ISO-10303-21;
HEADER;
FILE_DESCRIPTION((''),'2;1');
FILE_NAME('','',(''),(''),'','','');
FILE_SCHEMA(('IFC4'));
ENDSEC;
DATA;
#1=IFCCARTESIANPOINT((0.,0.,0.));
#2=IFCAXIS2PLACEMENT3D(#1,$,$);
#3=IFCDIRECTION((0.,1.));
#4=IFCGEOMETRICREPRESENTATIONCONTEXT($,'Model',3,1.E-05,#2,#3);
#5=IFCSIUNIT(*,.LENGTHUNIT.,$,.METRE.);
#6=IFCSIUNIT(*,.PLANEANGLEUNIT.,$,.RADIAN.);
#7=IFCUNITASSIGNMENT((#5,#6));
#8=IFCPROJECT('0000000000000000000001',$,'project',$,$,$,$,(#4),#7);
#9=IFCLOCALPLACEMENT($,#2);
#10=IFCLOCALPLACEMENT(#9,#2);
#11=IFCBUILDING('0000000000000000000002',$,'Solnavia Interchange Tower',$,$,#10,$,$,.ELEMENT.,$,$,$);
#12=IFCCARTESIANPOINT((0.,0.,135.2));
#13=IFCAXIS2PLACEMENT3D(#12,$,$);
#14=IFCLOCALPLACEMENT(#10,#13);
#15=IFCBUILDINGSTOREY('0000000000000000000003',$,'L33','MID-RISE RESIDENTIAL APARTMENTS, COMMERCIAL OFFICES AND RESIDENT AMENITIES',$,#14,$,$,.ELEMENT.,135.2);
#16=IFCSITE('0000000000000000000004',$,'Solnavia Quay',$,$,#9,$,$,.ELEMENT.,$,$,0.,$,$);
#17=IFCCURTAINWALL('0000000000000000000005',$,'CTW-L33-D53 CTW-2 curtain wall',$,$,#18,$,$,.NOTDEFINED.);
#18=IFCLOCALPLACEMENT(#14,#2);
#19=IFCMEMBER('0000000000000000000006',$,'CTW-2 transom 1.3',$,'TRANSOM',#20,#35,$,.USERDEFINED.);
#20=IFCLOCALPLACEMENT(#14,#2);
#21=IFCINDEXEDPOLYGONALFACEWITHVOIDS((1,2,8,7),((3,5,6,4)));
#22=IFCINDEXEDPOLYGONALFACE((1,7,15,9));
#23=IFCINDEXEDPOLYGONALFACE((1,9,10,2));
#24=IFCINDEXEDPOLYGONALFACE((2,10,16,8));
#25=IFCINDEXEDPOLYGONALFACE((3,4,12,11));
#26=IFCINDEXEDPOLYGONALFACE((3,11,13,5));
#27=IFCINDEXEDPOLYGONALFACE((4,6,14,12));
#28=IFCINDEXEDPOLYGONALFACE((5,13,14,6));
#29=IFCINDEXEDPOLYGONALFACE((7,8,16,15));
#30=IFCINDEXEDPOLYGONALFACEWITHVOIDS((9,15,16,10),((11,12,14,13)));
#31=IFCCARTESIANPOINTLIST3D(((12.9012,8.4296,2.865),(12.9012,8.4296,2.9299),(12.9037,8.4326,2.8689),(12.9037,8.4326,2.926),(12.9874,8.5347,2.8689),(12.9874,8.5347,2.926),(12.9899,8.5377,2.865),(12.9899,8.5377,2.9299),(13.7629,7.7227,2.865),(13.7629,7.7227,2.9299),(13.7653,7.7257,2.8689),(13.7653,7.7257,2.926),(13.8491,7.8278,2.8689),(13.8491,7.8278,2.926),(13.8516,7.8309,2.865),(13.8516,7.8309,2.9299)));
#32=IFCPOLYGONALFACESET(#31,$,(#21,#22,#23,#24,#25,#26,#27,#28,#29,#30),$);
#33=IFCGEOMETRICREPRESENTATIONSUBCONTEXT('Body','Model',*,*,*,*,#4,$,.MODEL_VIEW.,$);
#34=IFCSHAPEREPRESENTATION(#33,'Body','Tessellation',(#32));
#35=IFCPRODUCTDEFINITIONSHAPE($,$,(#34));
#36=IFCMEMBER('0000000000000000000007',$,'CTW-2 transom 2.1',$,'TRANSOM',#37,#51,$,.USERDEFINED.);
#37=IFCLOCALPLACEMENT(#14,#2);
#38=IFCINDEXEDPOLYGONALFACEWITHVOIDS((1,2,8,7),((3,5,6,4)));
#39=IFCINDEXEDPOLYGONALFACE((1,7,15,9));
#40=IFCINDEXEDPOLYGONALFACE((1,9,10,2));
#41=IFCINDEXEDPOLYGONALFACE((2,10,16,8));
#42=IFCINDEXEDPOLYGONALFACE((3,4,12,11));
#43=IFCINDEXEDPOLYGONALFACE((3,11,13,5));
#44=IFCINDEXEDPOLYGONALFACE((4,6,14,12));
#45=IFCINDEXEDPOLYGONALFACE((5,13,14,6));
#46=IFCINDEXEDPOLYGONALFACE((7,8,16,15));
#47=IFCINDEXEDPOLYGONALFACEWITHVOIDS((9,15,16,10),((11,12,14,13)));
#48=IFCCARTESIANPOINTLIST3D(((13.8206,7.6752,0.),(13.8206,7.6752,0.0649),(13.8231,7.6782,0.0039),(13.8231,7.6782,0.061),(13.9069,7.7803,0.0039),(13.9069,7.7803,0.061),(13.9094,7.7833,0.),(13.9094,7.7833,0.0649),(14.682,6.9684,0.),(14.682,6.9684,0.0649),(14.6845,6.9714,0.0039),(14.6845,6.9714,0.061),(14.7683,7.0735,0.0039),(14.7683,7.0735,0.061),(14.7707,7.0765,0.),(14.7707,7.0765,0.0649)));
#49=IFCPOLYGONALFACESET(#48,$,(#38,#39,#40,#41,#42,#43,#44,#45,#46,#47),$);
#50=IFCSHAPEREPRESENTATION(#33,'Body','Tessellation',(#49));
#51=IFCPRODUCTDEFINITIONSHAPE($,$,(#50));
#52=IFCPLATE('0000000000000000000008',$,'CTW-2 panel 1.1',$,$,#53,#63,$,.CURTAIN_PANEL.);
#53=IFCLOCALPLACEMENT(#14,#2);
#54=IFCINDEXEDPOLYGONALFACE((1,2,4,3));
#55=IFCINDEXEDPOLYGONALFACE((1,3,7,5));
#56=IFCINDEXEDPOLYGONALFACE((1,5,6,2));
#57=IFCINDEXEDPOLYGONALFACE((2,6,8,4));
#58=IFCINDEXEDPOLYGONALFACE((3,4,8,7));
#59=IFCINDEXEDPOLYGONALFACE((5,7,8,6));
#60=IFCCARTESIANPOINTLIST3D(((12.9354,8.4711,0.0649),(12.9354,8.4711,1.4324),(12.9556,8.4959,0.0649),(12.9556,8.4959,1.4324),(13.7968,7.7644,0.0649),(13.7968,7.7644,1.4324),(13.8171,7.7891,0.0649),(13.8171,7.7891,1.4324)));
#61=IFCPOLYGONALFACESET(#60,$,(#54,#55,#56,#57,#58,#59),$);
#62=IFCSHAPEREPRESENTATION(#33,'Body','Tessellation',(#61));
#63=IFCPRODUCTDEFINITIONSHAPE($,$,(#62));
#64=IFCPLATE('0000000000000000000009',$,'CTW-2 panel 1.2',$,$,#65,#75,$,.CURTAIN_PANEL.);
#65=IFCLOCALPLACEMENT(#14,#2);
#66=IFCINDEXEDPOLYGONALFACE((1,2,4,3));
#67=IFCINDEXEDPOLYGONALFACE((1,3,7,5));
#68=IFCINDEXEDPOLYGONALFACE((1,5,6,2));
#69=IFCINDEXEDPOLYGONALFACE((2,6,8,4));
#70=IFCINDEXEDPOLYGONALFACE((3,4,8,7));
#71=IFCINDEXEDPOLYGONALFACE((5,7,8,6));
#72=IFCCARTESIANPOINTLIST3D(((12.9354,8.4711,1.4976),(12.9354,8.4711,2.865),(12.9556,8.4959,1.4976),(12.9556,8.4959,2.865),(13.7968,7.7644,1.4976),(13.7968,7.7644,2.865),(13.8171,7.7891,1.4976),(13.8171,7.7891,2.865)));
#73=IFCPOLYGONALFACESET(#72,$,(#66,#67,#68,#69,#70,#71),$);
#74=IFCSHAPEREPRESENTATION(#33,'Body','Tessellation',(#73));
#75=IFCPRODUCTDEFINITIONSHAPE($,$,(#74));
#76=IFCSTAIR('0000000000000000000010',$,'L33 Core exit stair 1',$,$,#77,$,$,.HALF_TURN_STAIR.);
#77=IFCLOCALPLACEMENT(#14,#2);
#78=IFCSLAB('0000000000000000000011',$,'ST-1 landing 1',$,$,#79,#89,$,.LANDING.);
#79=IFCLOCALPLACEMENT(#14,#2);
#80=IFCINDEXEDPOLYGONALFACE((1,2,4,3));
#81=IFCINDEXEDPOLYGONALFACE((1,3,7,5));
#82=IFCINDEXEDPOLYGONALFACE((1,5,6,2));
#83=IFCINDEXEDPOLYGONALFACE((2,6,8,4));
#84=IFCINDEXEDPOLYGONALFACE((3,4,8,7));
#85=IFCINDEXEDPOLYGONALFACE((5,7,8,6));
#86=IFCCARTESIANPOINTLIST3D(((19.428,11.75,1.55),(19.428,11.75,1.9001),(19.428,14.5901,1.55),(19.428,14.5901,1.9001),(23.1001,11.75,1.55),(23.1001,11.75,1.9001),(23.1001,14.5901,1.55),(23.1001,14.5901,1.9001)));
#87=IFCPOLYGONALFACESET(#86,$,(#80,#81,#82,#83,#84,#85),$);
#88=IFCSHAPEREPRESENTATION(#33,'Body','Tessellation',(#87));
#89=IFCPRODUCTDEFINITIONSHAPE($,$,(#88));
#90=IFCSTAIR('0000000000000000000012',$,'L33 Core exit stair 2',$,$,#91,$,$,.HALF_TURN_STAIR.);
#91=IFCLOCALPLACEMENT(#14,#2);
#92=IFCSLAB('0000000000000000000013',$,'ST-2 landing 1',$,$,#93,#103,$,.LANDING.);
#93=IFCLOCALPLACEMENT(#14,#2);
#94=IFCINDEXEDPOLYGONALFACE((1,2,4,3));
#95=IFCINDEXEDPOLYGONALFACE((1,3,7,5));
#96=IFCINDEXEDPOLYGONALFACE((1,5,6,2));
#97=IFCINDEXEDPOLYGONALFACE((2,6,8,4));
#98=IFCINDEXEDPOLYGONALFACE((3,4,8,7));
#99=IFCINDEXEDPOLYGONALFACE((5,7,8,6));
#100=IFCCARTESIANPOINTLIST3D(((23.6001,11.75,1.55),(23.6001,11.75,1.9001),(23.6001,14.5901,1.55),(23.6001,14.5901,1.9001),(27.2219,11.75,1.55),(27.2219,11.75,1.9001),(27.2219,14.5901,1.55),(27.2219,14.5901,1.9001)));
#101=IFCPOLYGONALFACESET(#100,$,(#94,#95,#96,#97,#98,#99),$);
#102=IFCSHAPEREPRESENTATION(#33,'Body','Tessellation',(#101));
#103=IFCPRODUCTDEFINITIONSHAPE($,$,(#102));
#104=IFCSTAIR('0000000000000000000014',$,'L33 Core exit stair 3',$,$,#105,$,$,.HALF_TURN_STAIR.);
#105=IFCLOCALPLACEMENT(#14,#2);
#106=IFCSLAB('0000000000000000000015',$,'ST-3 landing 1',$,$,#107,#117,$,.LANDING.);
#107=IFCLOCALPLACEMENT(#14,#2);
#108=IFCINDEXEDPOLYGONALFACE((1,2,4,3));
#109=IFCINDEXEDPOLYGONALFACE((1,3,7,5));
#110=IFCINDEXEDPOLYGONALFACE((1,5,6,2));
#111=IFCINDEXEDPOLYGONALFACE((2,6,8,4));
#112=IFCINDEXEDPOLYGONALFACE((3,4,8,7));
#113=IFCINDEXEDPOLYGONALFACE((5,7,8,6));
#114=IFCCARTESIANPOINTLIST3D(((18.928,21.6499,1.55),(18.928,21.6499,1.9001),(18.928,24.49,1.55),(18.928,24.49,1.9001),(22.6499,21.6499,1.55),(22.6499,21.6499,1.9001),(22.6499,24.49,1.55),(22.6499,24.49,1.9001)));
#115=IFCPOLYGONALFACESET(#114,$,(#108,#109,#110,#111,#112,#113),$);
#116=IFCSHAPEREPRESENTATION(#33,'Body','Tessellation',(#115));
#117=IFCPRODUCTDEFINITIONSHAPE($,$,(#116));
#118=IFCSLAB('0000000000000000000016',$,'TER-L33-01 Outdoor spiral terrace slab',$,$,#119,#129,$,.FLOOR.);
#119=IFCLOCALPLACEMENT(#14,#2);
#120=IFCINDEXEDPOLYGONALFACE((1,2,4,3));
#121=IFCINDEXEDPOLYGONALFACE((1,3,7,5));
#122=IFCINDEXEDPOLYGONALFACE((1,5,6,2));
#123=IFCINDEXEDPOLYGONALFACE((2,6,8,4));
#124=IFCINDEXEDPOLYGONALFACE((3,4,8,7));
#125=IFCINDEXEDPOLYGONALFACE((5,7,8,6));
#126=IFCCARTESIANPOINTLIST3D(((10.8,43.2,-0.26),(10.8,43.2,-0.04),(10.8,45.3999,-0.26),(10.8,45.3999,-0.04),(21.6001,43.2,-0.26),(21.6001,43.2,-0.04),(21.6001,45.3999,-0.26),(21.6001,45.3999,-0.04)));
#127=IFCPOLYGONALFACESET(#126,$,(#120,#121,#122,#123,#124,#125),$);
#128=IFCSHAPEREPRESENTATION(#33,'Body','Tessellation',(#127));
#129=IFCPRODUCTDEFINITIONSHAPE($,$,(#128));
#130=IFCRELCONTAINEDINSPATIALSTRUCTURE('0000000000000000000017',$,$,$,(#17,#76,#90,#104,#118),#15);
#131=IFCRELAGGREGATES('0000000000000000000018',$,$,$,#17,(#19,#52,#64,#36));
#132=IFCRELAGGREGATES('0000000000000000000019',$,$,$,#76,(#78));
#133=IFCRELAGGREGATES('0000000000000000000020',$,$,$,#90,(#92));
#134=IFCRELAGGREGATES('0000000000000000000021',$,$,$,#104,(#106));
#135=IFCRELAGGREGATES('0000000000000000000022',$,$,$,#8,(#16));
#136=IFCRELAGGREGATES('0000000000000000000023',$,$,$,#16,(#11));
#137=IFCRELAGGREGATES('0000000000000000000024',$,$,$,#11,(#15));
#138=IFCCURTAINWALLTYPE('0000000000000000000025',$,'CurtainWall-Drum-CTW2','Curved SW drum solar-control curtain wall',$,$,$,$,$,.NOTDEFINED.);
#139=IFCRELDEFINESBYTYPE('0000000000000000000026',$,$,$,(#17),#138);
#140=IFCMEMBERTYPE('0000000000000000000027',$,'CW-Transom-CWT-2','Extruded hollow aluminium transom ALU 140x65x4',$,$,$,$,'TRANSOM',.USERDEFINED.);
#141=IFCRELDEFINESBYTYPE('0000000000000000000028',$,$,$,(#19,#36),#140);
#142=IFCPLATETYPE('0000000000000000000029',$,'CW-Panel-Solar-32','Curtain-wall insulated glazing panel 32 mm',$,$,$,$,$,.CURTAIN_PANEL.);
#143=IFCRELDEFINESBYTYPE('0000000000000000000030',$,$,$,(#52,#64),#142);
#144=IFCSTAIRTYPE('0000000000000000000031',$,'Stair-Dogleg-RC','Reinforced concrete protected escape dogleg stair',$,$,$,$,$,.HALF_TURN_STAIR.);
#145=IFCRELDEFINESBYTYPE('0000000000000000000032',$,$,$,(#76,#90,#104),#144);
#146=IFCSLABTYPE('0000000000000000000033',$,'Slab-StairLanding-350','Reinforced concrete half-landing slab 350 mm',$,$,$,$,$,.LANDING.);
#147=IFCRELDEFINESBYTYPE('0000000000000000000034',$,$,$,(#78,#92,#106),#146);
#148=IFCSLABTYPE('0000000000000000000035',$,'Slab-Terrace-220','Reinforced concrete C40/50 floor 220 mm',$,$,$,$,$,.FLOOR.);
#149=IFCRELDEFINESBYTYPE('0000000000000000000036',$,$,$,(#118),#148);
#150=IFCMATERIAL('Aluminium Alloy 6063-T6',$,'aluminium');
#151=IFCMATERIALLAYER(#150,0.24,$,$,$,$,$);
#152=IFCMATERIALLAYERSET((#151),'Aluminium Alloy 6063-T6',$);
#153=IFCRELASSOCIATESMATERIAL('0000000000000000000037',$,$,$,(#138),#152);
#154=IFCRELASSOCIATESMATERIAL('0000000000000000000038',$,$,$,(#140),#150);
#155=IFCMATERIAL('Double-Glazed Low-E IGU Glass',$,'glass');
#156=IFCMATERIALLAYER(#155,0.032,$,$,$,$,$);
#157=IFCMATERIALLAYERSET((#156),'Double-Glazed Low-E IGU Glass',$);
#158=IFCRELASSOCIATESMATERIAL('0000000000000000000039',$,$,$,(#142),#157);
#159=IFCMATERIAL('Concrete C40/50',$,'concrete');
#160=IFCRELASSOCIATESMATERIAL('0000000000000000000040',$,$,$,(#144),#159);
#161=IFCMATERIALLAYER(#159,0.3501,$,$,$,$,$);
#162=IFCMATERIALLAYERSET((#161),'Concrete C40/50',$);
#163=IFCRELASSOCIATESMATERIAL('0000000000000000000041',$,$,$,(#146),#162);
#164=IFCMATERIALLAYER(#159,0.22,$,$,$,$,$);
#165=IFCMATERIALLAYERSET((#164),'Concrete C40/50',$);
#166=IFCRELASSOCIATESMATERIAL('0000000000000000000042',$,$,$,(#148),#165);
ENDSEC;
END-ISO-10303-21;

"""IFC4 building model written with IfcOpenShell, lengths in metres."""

from ifc_helpers import new_model, si_unit, direction, frame, origin, origin_2d, place, context, subcontext, project, spatial, polyline, rectangle, hollow_rectangle, outline, extrude, material, layer, layer_set, material_profile, profile_set, type_object, element, aggregate, save


model = new_model("IFC4")

# Units and contexts
model_context = context("Model", 3, precision=1e-05, world=origin(), true_north=direction((0.0, 1.0)))
body_context = subcontext(model_context, "Body", "Model", "MODEL_VIEW")
ifc_project = project(units=[si_unit("LENGTHUNIT", "METRE"), si_unit("PLANEANGLEUNIT", "RADIAN")], contexts=[model_context])

# Site, building, storey
site_placement = place(None, origin())
site = spatial("IfcSite", under=ifc_project, at=site_placement, Name="Solnavia Quay", CompositionType="ELEMENT", RefElevation=0.0)
building_placement = place(site_placement, origin())
building = spatial("IfcBuilding", under=site, at=building_placement, Name="Solnavia Interchange Tower", CompositionType="ELEMENT")
storey_placement = place(building_placement, frame((0.0, 0.0, 135.2)))
storey = spatial("IfcBuildingStorey", under=building, at=storey_placement, Name="L33", Description="MID-RISE RESIDENTIAL APARTMENTS, COMMERCIAL OFFICES AND RESIDENT AMENITIES", CompositionType="ELEMENT", Elevation=135.2)

# Curtain wall, members, plates
ifc_material_1 = material(Name="Aluminium Alloy 6063-T6", Category="aluminium")
ifc_layer_1 = layer(ifc_material_1, 0.24)
ifc_layer_set_1 = layer_set([ifc_layer_1], Name="Aluminium Alloy 6063-T6")
curtain_wall_type = type_object("IfcCurtainWallType", Name="CurtainWall-Drum-CTW2", Description="Curved SW drum solar-control curtain wall", PredefinedType="NOTDEFINED", material=ifc_layer_set_1)
curtain_wall_placement = place(storey_placement, origin())
curtain_wall = element("IfcCurtainWall", 1, at=curtain_wall_placement, inside=storey, type_object=curtain_wall_type, Name="CTW-L33-D53 CTW-2 curtain wall", PredefinedType="NOTDEFINED")
ifc_material_profile_1 = material_profile(ifc_material_1, hollow_rectangle(XDim=0.0649, YDim=0.1399, WallThickness=0.0039, at=origin_2d()), Name="ALU 140x65x4")
ifc_profile_set_1 = profile_set([ifc_material_profile_1], Name="Aluminium Alloy 6063-T6")
member_type_1 = type_object("IfcMemberType", Name="CW-Transom-CWT-2", Description="Extruded hollow aluminium transom ALU 140x65x4", ElementType="TRANSOM", PredefinedType="USERDEFINED", material=ifc_profile_set_1)
member_1_placement = place(storey_placement, frame((12.9456, 8.4836, 2.8975), z_axis=(0.773137, -0.634239, 0.0), x_axis=(0.0, 0.0, 1.0)))
member_1 = element("IfcMember", 2, at=member_1_placement, type_object=member_type_1, Name="CTW-2 transom 1.3", ObjectType="TRANSOM", PredefinedType="USERDEFINED", context=body_context, shape_type="SweptSolid", body=[
    extrude(hollow_rectangle(XDim=0.0649, YDim=0.1399, WallThickness=0.0039, at=origin_2d()), origin(), (0.0, 0.0, 1.0), 1.1145),
])
member_2_placement = place(storey_placement, frame((13.865, 7.7292, 0.0325), z_axis=(0.773049, -0.634347, 0.0), x_axis=(0.0, 0.0, 1.0)))
member_2 = element("IfcMember", 3, at=member_2_placement, type_object=member_type_1, Name="CTW-2 transom 2.1", ObjectType="TRANSOM", PredefinedType="USERDEFINED", context=body_context, shape_type="SweptSolid", body=[
    extrude(hollow_rectangle(XDim=0.0649, YDim=0.1399, WallThickness=0.0039, at=origin_2d()), origin(), (0.0, 0.0, 1.0), 1.1143),
])
ifc_material_2 = material(Name="Double-Glazed Low-E IGU Glass", Category="glass")
ifc_layer_2 = layer(ifc_material_2, 0.032)
ifc_layer_set_2 = layer_set([ifc_layer_2], Name="Double-Glazed Low-E IGU Glass")
plate_type = type_object("IfcPlateType", Name="CW-Panel-Solar-32", Description="Curtain-wall insulated glazing panel 32 mm", PredefinedType="CURTAIN_PANEL", material=ifc_layer_set_2)
plate_1_placement = place(storey_placement, frame((13.3762, 8.1301, 0.0649), z_axis=(0.0, 0.0, 1.0), x_axis=(0.773103, -0.63428, 0.0)))
plate_1 = element("IfcPlate", 4, at=plate_1_placement, type_object=plate_type, Name="CTW-2 panel 1.1", PredefinedType="CURTAIN_PANEL", context=body_context, shape_type="SweptSolid", body=[
    extrude(rectangle(XDim=1.1143, YDim=0.032, at=origin_2d()), origin(), (0.0, 0.0, 1.0), 1.3674),
])
plate_2_placement = place(storey_placement, frame((13.3762, 8.1301, 1.4976), z_axis=(0.0, 0.0, 1.0), x_axis=(0.773103, -0.63428, 0.0)))
plate_2 = element("IfcPlate", 5, at=plate_2_placement, type_object=plate_type, Name="CTW-2 panel 1.2", PredefinedType="CURTAIN_PANEL", context=body_context, shape_type="SweptSolid", body=[
    extrude(rectangle(XDim=1.1143, YDim=0.032, at=origin_2d()), origin(), (0.0, 0.0, 1.0), 1.3674),
])
aggregate(curtain_wall, [member_1, plate_1, plate_2, member_2])

# Stairs, slabs
ifc_material_3 = material(Name="Concrete C40/50", Category="concrete")
stair_type = type_object("IfcStairType", Name="Stair-Dogleg-RC", Description="Reinforced concrete protected escape dogleg stair", PredefinedType="HALF_TURN_STAIR", material=ifc_material_3)
stair_1_placement = place(storey_placement, origin())
stair_1 = element("IfcStair", 6, at=stair_1_placement, inside=storey, type_object=stair_type, Name="L33 Core exit stair 1", PredefinedType="HALF_TURN_STAIR")
ifc_layer_3 = layer(ifc_material_3, 0.3501)
ifc_layer_set_3 = layer_set([ifc_layer_3], Name="Concrete C40/50")
slab_type_1 = type_object("IfcSlabType", Name="Slab-StairLanding-350", Description="Reinforced concrete half-landing slab 350 mm", PredefinedType="LANDING", material=ifc_layer_set_3)
slab_1_placement = place(storey_placement, frame((0.0, 0.0, 1.55)))
slab_1 = element("IfcSlab", 7, at=slab_1_placement, type_object=slab_type_1, Name="ST-1 landing 1", PredefinedType="LANDING", context=body_context, shape_type="SweptSolid", body=[
    extrude(outline(polyline([(19.428, 11.75), (23.1001, 11.75), (23.1001, 14.5901), (19.428, 14.5901), (19.428, 11.75)])), origin(), (0.0, 0.0, 1.0), 0.3501),
])
aggregate(stair_1, [slab_1])
stair_2_placement = place(storey_placement, origin())
stair_2 = element("IfcStair", 8, at=stair_2_placement, inside=storey, type_object=stair_type, Name="L33 Core exit stair 2", PredefinedType="HALF_TURN_STAIR")
slab_2_placement = place(storey_placement, frame((0.0, 0.0, 1.55)))
slab_2 = element("IfcSlab", 9, at=slab_2_placement, type_object=slab_type_1, Name="ST-2 landing 1", PredefinedType="LANDING", context=body_context, shape_type="SweptSolid", body=[
    extrude(outline(polyline([(23.6001, 11.75), (27.2219, 11.75), (27.2219, 14.5901), (23.6001, 14.5901), (23.6001, 11.75)])), origin(), (0.0, 0.0, 1.0), 0.3501),
])
aggregate(stair_2, [slab_2])
stair_3_placement = place(storey_placement, origin())
stair_3 = element("IfcStair", 10, at=stair_3_placement, inside=storey, type_object=stair_type, Name="L33 Core exit stair 3", PredefinedType="HALF_TURN_STAIR")
slab_3_placement = place(storey_placement, frame((0.0, 0.0, 1.55)))
slab_3 = element("IfcSlab", 11, at=slab_3_placement, type_object=slab_type_1, Name="ST-3 landing 1", PredefinedType="LANDING", context=body_context, shape_type="SweptSolid", body=[
    extrude(outline(polyline([(18.928, 21.6499), (22.6499, 21.6499), (22.6499, 24.49), (18.928, 24.49), (18.928, 21.6499)])), origin(), (0.0, 0.0, 1.0), 0.3501),
])
aggregate(stair_3, [slab_3])

# Slab
ifc_layer_4 = layer(ifc_material_3, 0.22)
ifc_layer_set_4 = layer_set([ifc_layer_4], Name="Concrete C40/50")
slab_type_2 = type_object("IfcSlabType", Name="Slab-Terrace-220", Description="Reinforced concrete C40/50 floor 220 mm", PredefinedType="FLOOR", material=ifc_layer_set_4)
slab_4_placement = place(storey_placement, frame((0.0, 0.0, -0.26)))
element("IfcSlab", 12, at=slab_4_placement, inside=storey, type_object=slab_type_2, Name="TER-L33-01 Outdoor spiral terrace slab", PredefinedType="FLOOR", context=body_context, shape_type="SweptSolid", body=[
    extrude(outline(polyline([(10.8, 43.2), (21.6001, 43.2), (21.6001, 45.3999), (10.8, 45.3999), (10.8, 43.2)])), origin(), (0.0, 0.0, 1.0), 0.22),
])

save(model, "model.ifc")
